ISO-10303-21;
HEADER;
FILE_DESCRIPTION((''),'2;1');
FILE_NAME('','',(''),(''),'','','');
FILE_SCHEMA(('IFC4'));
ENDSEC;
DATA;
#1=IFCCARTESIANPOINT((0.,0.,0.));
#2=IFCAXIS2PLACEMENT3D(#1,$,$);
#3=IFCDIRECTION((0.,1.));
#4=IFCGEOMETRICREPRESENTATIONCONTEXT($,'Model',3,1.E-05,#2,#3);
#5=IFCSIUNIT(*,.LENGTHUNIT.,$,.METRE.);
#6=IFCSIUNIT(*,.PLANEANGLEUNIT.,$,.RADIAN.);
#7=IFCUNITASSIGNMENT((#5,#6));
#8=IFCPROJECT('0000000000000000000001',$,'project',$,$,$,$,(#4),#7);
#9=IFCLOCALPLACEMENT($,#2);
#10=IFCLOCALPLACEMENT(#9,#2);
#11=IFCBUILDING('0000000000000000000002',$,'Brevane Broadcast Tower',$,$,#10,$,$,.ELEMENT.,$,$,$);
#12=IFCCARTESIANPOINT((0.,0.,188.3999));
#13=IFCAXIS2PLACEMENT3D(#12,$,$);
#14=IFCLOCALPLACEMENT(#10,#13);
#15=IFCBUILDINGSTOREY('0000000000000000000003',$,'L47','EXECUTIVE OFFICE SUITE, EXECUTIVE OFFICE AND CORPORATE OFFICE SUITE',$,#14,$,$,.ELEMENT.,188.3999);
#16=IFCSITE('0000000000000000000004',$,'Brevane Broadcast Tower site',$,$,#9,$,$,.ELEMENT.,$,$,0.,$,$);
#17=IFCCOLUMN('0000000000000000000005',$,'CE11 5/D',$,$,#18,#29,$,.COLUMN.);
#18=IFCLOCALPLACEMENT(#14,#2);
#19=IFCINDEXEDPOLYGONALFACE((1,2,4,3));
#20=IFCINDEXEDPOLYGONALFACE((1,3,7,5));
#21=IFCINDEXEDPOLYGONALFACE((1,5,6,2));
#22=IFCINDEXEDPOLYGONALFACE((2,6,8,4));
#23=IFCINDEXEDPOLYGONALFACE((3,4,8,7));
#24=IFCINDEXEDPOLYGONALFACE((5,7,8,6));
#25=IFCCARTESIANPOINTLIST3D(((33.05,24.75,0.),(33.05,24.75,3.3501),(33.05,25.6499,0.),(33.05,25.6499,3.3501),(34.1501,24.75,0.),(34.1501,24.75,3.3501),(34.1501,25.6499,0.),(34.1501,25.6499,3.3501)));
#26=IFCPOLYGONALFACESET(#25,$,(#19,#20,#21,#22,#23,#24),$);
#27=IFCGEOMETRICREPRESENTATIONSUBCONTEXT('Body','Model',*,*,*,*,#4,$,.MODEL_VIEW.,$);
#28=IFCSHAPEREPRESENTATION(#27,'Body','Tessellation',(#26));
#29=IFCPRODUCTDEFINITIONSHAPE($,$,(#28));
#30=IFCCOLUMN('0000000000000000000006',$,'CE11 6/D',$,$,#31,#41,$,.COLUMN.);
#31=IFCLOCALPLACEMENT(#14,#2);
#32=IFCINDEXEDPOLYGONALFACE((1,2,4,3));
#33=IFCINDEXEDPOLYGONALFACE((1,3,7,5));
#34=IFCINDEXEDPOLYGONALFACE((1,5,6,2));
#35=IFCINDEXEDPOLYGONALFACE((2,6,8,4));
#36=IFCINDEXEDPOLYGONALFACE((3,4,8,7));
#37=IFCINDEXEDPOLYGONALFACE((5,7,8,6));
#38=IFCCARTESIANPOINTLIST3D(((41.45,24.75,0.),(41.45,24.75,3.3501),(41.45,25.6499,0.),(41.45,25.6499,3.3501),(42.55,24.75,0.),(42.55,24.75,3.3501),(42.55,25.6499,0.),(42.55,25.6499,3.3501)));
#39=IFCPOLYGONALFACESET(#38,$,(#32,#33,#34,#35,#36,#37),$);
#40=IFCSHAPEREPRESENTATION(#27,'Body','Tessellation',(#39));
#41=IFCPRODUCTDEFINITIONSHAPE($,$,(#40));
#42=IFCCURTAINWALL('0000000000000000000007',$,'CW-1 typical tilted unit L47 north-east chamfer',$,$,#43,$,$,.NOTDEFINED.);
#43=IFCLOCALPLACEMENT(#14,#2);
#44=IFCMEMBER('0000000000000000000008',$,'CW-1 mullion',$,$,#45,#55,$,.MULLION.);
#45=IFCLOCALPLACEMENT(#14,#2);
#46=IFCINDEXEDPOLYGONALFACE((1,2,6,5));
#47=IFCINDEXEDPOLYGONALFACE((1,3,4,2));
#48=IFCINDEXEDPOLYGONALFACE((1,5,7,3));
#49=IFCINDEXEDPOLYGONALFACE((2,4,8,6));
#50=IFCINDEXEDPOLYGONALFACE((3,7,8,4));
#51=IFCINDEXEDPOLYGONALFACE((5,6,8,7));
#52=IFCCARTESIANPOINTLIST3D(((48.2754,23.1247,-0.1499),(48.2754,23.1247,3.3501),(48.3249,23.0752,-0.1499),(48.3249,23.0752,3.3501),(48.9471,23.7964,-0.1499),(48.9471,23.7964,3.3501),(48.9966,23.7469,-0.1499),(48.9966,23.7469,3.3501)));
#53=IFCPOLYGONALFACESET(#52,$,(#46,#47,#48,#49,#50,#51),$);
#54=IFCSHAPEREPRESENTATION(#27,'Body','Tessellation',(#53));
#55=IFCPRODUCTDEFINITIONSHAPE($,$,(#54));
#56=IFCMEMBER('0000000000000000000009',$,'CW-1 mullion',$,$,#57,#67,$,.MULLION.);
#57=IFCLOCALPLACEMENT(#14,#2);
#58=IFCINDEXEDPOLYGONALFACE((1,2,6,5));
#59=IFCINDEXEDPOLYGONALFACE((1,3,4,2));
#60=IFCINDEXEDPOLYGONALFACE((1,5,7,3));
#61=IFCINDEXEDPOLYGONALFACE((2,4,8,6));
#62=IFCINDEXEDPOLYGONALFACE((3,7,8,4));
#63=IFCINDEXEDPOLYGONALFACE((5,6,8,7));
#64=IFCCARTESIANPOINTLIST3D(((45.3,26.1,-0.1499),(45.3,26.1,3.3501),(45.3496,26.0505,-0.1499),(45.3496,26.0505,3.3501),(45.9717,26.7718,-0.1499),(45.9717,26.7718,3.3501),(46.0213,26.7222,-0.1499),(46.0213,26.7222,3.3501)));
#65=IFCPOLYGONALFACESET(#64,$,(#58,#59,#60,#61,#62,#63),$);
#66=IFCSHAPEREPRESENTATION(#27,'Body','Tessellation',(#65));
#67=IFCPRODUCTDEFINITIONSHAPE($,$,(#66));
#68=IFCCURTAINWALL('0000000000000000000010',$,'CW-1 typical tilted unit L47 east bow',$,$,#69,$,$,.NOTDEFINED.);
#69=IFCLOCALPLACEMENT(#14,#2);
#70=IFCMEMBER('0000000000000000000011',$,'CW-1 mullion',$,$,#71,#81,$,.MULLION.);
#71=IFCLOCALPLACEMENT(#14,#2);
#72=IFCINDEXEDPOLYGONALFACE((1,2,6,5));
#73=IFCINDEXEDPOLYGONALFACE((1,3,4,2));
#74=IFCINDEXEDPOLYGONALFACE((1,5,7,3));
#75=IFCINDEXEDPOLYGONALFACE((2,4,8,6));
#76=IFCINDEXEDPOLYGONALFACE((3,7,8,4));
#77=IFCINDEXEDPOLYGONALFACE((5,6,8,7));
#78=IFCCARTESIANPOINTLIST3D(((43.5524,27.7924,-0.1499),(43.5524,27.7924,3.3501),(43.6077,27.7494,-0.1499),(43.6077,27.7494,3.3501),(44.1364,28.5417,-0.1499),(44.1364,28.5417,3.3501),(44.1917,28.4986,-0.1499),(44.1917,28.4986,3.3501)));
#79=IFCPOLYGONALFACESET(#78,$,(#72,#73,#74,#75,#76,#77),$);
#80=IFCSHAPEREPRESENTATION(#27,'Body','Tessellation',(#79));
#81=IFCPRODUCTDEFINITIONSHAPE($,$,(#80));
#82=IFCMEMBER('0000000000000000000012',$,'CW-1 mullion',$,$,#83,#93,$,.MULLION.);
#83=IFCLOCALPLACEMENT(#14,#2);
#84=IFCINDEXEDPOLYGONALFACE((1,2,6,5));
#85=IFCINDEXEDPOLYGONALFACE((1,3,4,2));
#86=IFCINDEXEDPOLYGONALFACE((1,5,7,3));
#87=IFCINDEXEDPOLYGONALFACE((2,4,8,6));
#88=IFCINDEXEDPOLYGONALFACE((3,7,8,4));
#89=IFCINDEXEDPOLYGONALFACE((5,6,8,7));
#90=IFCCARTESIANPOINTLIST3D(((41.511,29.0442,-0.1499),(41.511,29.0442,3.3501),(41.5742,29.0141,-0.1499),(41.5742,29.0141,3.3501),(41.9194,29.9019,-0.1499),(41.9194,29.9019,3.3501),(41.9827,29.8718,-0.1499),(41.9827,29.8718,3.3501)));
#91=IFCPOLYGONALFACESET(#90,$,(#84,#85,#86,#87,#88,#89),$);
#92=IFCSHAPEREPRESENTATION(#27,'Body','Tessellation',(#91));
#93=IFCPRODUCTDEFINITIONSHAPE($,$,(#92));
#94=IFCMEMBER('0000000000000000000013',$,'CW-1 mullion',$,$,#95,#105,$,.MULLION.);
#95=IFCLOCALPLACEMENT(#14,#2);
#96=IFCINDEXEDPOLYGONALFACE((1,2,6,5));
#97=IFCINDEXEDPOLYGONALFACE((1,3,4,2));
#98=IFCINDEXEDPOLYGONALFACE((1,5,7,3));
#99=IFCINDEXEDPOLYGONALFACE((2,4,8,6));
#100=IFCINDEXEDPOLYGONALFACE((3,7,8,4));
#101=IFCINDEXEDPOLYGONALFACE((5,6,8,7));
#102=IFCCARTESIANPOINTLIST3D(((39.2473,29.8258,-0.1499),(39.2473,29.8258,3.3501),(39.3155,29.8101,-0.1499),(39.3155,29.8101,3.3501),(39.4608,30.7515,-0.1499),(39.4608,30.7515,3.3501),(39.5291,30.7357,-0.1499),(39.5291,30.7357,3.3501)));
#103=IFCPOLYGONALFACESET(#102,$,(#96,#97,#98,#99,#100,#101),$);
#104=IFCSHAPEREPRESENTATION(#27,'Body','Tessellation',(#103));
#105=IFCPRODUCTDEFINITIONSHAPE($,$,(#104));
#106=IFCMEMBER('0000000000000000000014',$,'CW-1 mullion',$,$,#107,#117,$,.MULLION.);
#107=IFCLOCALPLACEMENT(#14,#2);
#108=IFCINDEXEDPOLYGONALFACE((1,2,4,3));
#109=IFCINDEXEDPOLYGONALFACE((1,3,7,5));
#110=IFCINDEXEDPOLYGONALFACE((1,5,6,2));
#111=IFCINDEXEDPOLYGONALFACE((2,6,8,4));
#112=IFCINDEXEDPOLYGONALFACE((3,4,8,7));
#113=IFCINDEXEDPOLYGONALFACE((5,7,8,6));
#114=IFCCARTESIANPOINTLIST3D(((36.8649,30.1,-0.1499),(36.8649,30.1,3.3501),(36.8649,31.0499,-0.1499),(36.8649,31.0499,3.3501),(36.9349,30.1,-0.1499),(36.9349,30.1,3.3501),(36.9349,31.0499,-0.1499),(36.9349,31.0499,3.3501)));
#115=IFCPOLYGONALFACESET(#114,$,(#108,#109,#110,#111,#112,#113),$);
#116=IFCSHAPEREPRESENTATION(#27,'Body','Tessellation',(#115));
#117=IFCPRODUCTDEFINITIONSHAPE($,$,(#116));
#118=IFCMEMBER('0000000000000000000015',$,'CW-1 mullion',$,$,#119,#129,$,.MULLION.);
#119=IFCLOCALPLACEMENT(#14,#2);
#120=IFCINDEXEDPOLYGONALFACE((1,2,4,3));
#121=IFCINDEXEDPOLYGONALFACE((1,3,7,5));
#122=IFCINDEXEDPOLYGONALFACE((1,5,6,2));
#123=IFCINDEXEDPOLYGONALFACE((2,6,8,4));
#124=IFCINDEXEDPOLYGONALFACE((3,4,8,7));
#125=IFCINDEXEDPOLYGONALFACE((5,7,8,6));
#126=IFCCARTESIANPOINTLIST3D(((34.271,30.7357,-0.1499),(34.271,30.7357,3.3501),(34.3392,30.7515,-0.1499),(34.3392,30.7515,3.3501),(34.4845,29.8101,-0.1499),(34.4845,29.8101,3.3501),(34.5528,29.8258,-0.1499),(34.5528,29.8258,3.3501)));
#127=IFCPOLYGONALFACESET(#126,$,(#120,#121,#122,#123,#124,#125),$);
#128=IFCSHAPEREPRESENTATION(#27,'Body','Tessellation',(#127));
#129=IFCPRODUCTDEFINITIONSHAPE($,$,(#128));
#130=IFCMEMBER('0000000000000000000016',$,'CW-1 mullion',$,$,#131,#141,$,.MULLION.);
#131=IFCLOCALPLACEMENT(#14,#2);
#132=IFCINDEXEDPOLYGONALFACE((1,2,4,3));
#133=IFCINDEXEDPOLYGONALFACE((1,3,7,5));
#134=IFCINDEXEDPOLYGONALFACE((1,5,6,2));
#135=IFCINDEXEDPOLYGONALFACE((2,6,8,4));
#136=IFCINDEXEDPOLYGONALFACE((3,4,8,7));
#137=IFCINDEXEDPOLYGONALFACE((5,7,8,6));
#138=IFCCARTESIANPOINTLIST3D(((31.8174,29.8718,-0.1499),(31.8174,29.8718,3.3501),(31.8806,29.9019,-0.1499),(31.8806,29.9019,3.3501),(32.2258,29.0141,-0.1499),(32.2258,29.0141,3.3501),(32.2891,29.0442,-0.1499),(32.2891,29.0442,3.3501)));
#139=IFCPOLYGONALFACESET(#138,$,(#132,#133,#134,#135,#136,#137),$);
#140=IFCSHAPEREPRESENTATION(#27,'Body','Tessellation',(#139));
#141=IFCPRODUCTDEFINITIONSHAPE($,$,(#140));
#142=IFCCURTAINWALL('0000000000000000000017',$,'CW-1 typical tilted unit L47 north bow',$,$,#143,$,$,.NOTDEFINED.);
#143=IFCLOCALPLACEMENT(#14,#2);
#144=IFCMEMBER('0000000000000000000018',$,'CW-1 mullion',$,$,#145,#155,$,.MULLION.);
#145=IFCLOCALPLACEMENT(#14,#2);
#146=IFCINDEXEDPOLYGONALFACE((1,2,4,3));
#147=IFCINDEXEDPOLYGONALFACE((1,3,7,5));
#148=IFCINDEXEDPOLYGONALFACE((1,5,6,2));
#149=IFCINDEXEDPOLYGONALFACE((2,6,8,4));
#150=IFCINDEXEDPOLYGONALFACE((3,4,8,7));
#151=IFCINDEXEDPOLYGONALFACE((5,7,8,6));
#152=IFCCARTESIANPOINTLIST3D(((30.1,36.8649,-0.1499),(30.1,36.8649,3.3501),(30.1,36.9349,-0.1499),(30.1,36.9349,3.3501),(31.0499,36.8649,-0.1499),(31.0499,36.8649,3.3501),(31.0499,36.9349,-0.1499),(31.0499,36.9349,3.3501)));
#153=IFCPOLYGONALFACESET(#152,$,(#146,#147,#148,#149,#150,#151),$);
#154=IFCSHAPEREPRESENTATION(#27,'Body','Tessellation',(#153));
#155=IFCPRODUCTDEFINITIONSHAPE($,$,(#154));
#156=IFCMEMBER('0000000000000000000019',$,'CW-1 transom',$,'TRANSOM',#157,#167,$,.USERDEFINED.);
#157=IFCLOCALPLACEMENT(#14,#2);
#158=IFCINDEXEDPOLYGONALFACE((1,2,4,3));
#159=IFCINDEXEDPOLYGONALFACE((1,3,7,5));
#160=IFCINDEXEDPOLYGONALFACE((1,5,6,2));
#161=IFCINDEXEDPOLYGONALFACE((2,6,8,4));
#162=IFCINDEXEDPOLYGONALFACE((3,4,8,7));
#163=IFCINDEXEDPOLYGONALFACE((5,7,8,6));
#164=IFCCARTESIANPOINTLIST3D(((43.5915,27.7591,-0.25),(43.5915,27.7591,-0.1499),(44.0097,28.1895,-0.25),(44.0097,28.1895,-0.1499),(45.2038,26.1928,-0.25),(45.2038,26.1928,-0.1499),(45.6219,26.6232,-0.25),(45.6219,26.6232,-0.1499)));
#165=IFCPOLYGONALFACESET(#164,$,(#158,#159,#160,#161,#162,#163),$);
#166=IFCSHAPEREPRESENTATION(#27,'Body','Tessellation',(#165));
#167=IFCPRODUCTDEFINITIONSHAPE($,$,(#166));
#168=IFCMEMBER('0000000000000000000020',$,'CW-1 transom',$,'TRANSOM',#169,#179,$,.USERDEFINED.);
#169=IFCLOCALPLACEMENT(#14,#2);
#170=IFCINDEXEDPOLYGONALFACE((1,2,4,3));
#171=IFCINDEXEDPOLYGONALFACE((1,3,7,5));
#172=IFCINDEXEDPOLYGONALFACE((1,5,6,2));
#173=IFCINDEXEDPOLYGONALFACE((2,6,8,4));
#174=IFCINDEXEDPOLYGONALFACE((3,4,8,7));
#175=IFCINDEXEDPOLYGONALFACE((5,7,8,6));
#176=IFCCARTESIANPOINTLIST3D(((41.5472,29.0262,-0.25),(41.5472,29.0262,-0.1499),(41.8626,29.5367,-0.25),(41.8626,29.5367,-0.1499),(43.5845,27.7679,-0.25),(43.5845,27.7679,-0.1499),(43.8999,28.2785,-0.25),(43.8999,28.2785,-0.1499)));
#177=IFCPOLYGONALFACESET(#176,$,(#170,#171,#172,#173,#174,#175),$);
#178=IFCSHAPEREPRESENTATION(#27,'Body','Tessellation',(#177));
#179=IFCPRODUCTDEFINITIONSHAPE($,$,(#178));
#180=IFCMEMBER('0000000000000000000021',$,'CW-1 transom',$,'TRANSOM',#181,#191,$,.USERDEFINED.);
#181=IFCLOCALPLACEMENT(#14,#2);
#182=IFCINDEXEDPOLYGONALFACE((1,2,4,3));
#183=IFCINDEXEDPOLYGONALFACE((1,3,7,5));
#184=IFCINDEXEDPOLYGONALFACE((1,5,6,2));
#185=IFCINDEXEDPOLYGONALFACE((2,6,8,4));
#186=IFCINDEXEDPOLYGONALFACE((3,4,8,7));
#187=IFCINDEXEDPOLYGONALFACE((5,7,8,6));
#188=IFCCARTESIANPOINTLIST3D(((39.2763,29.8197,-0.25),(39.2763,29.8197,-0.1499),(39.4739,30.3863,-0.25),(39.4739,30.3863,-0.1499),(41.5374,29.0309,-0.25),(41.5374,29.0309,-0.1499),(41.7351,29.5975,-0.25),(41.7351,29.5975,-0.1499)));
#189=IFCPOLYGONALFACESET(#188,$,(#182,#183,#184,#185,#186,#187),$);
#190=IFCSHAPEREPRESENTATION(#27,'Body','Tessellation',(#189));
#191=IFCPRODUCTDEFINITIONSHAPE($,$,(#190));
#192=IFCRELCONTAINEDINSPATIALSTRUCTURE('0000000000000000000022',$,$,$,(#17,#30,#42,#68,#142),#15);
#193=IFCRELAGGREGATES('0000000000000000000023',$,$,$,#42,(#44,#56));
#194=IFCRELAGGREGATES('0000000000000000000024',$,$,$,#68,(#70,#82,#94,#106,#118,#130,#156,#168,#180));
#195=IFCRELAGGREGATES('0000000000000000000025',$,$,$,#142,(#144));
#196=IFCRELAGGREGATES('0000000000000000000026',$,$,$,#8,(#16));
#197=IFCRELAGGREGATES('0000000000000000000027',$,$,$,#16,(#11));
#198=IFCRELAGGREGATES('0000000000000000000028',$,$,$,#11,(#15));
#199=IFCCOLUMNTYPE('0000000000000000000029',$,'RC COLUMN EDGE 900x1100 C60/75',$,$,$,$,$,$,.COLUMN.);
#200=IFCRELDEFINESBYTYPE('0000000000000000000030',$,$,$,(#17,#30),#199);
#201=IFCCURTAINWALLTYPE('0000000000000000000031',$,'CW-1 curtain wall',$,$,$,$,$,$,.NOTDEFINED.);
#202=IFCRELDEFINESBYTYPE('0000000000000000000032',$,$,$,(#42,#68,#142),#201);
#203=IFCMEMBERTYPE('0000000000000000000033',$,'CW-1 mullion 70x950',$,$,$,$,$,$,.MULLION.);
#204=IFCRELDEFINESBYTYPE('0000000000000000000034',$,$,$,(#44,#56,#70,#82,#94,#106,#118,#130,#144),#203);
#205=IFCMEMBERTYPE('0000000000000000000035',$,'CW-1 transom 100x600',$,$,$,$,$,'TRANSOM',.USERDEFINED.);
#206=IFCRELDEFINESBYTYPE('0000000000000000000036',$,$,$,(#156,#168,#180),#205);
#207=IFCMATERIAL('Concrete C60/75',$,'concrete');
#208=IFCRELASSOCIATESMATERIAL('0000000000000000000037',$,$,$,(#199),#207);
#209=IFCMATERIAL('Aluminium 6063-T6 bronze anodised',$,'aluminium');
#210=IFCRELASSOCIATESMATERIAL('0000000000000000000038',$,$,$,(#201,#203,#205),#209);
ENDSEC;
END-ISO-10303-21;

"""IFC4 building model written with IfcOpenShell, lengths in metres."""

from ifc_helpers import new_model, si_unit, direction, frame, origin, origin_2d, place, context, subcontext, project, spatial, rectangle, extrude, material, material_profile, profile_set, type_object, element, aggregate, save


model = new_model("IFC4")

# Units and contexts
model_context = context("Model", 3, precision=1e-05, world=origin(), true_north=direction((0.0, 1.0)))
body_context = subcontext(model_context, "Body", "Model", "MODEL_VIEW")
ifc_project = project(units=[si_unit("LENGTHUNIT", "METRE"), si_unit("PLANEANGLEUNIT", "RADIAN")], contexts=[model_context])

# Site, building, storey
site_placement = place(None, origin())
site = spatial("IfcSite", under=ifc_project, at=site_placement, Name="Brevane Broadcast Tower site", CompositionType="ELEMENT", RefElevation=0.0)
building_placement = place(site_placement, origin())
building = spatial("IfcBuilding", under=site, at=building_placement, Name="Brevane Broadcast Tower", CompositionType="ELEMENT")
storey_placement = place(building_placement, frame((0.0, 0.0, 188.3999)))
storey = spatial("IfcBuildingStorey", under=building, at=storey_placement, Name="L47", Description="EXECUTIVE OFFICE SUITE, EXECUTIVE OFFICE AND CORPORATE OFFICE SUITE", CompositionType="ELEMENT", Elevation=188.3999)

# Columns
ifc_material_1 = material(Name="Concrete C60/75", Category="concrete")
ifc_material_profile_1 = material_profile(ifc_material_1, rectangle(XDim=0.8999, YDim=1.1001, at=origin_2d()), Name="RC 900x1100")
ifc_profile_set_1 = profile_set([ifc_material_profile_1], Name="Concrete C60/75")
column_type = type_object("IfcColumnType", Name="RC COLUMN EDGE 900x1100 C60/75", PredefinedType="COLUMN", material=ifc_profile_set_1)
for number, where, z_axis, x_axis, name in (
    (1, (33.6001, 25.2, 0.0), (0.0, 0.0, 1.0), (0.0, 1.0, 0.0), "CE11 5/D"),
    (2, (42.0, 25.2, 0.0), (0.0, 0.0, 1.0), (0.0, 1.0, 0.0), "CE11 6/D"),
):
    element("IfcColumn", number, at=place(storey_placement, frame(where, z_axis=z_axis, x_axis=x_axis)), inside=storey, type_object=column_type, Name=name, PredefinedType="COLUMN", context=body_context, shape_type="SweptSolid", body=[
        extrude(rectangle(XDim=0.8999, YDim=1.1001, at=origin_2d()), origin(), (0.0, 0.0, 1.0), 3.3501),
    ])

# Curtain walls, members
ifc_material_2 = material(Name="Aluminium 6063-T6 bronze anodised", Category="aluminium")
curtain_wall_type = type_object("IfcCurtainWallType", Name="CW-1 curtain wall", PredefinedType="NOTDEFINED", material=ifc_material_2)
curtain_wall_1_placement = place(storey_placement, origin())
curtain_wall_1 = element("IfcCurtainWall", 3, at=curtain_wall_1_placement, inside=storey, type_object=curtain_wall_type, Name="CW-1 typical tilted unit L47 north-east chamfer", PredefinedType="NOTDEFINED")
ifc_material_profile_2 = material_profile(ifc_material_2, rectangle(XDim=0.95, YDim=0.0701, at=origin_2d()), Name="RECT 70x950")
ifc_profile_set_2 = profile_set([ifc_material_profile_2], Name="Aluminium 6063-T6 bronze anodised")
member_type_1 = type_object("IfcMemberType", Name="CW-1 mullion 70x950", PredefinedType="MULLION", material=ifc_profile_set_2)
member_1_placement = place(storey_placement, frame((48.636, 23.4358, -0.1499), z_axis=(0.0, 0.0, 1.0), x_axis=(-0.707107, -0.707107, 0.0)))
member_1 = element("IfcMember", 4, at=member_1_placement, type_object=member_type_1, Name="CW-1 mullion", PredefinedType="MULLION", context=body_context, shape_type="SweptSolid", body=[
    extrude(rectangle(XDim=0.95, YDim=0.0701, at=origin_2d()), origin(), (0.0, 0.0, 1.0), 3.5),
])
member_2_placement = place(storey_placement, frame((45.6606, 26.4111, -0.1499), z_axis=(0.0, 0.0, 1.0), x_axis=(-0.707107, -0.707107, 0.0)))
member_2 = element("IfcMember", 5, at=member_2_placement, type_object=member_type_1, Name="CW-1 mullion", PredefinedType="MULLION", context=body_context, shape_type="SweptSolid", body=[
    extrude(rectangle(XDim=0.95, YDim=0.0701, at=origin_2d()), origin(), (0.0, 0.0, 1.0), 3.5),
])
aggregate(curtain_wall_1, [member_1, member_2])
curtain_wall_2_placement = place(storey_placement, origin())
curtain_wall_2 = element("IfcCurtainWall", 6, at=curtain_wall_2_placement, inside=storey, type_object=curtain_wall_type, Name="CW-1 typical tilted unit L47 east bow", PredefinedType="NOTDEFINED")
member_3_placement = place(storey_placement, frame((43.8721, 28.1455, -0.1499), z_axis=(0.0, 0.0, 1.0), x_axis=(-0.61477, -0.788707, 0.0)))
member_3 = element("IfcMember", 7, at=member_3_placement, type_object=member_type_1, Name="CW-1 mullion", PredefinedType="MULLION", context=body_context, shape_type="SweptSolid", body=[
    extrude(rectangle(XDim=0.95, YDim=0.0701, at=origin_2d()), origin(), (0.0, 0.0, 1.0), 3.5),
])
member_4_placement = place(storey_placement, frame((41.7468, 29.458, -0.1499), z_axis=(0.0, 0.0, 1.0), x_axis=(-0.429934, -0.902861, 0.0)))
member_4 = element("IfcMember", 8, at=member_4_placement, type_object=member_type_1, Name="CW-1 mullion", PredefinedType="MULLION", context=body_context, shape_type="SweptSolid", body=[
    extrude(rectangle(XDim=0.95, YDim=0.0701, at=origin_2d()), origin(), (0.0, 0.0, 1.0), 3.5),
])
member_5_placement = place(storey_placement, frame((39.3882, 30.2808, -0.1499), z_axis=(0.0, 0.0, 1.0), x_axis=(-0.224807, -0.974403, 0.0)))
member_5 = element("IfcMember", 9, at=member_5_placement, type_object=member_type_1, Name="CW-1 mullion", PredefinedType="MULLION", context=body_context, shape_type="SweptSolid", body=[
    extrude(rectangle(XDim=0.95, YDim=0.0701, at=origin_2d()), origin(), (0.0, 0.0, 1.0), 3.5),
])
member_6_placement = place(storey_placement, frame((36.8999, 30.575, -0.1499), z_axis=(0.0, 0.0, 1.0), x_axis=(0.0, -1.0, 0.0)))
member_6 = element("IfcMember", 10, at=member_6_placement, type_object=member_type_1, Name="CW-1 mullion", PredefinedType="MULLION", context=body_context, shape_type="SweptSolid", body=[
    extrude(rectangle(XDim=0.95, YDim=0.0701, at=origin_2d()), origin(), (0.0, 0.0, 1.0), 3.5),
])
member_7_placement = place(storey_placement, frame((34.4119, 30.2808, -0.1499), z_axis=(0.0, 0.0, 1.0), x_axis=(0.224807, -0.974403, 0.0)))
member_7 = element("IfcMember", 11, at=member_7_placement, type_object=member_type_1, Name="CW-1 mullion", PredefinedType="MULLION", context=body_context, shape_type="SweptSolid", body=[
    extrude(rectangle(XDim=0.95, YDim=0.0701, at=origin_2d()), origin(), (0.0, 0.0, 1.0), 3.5),
])
member_8_placement = place(storey_placement, frame((32.0532, 29.458, -0.1499), z_axis=(0.0, 0.0, 1.0), x_axis=(0.429934, -0.902861, 0.0)))
member_8 = element("IfcMember", 12, at=member_8_placement, type_object=member_type_1, Name="CW-1 mullion", PredefinedType="MULLION", context=body_context, shape_type="SweptSolid", body=[
    extrude(rectangle(XDim=0.95, YDim=0.0701, at=origin_2d()), origin(), (0.0, 0.0, 1.0), 3.5),
])

# Curtain wall, member
curtain_wall_3_placement = place(storey_placement, origin())
curtain_wall_3 = element("IfcCurtainWall", 13, at=curtain_wall_3_placement, inside=storey, type_object=curtain_wall_type, Name="CW-1 typical tilted unit L47 north bow", PredefinedType="NOTDEFINED")
member_9_placement = place(storey_placement, frame((30.575, 36.8999, -0.1499), z_axis=(0.0, 0.0, 1.0), x_axis=(-1.0, 0.0, 0.0)))
member_9 = element("IfcMember", 14, at=member_9_placement, type_object=member_type_1, Name="CW-1 mullion", PredefinedType="MULLION", context=body_context, shape_type="SweptSolid", body=[
    extrude(rectangle(XDim=0.95, YDim=0.0701, at=origin_2d()), origin(), (0.0, 0.0, 1.0), 3.5),
])

# Members
ifc_material_profile_3 = material_profile(ifc_material_2, rectangle(XDim=0.6001, YDim=0.1001, at=origin_2d()), Name="RECT 100x600")
ifc_profile_set_3 = profile_set([ifc_material_profile_3], Name="Aluminium 6063-T6 bronze anodised")
member_type_2 = type_object("IfcMemberType", Name="CW-1 transom 100x600", ElementType="TRANSOM", PredefinedType="USERDEFINED", material=ifc_profile_set_3)
member_10_placement = place(storey_placement, frame((45.4128, 26.408, -0.2), z_axis=(-0.717242, 0.696824, 0.0), x_axis=(-0.696824, -0.717242, 0.0)))
member_10 = element("IfcMember", 15, at=member_10_placement, type_object=member_type_2, Name="CW-1 transom", ObjectType="TRANSOM", PredefinedType="USERDEFINED", context=body_context, shape_type="SweptSolid", body=[
    extrude(rectangle(XDim=0.6001, YDim=0.1001, at=origin_2d()), origin(), (0.0, 0.0, 1.0), 2.2478),
])
member_11_placement = place(storey_placement, frame((43.7422, 28.0232, -0.2), z_axis=(-0.85081, 0.525473, 0.0), x_axis=(-0.525473, -0.85081, 0.0)))
member_11 = element("IfcMember", 16, at=member_11_placement, type_object=member_type_2, Name="CW-1 transom", ObjectType="TRANSOM", PredefinedType="USERDEFINED", context=body_context, shape_type="SweptSolid", body=[
    extrude(rectangle(XDim=0.6001, YDim=0.1001, at=origin_2d()), origin(), (0.0, 0.0, 1.0), 2.3945),
])
member_12_placement = place(storey_placement, frame((41.6362, 29.3142, -0.2), z_axis=(-0.944198, 0.329378, 0.0), x_axis=(-0.329378, -0.944198, 0.0)))
member_12 = element("IfcMember", 17, at=member_12_placement, type_object=member_type_2, Name="CW-1 transom", ObjectType="TRANSOM", PredefinedType="USERDEFINED", context=body_context, shape_type="SweptSolid", body=[
    extrude(rectangle(XDim=0.6001, YDim=0.1001, at=origin_2d()), origin(), (0.0, 0.0, 1.0), 2.3948),
])
aggregate(curtain_wall_2, [member_3, member_4, member_5, member_6, member_7, member_8, member_10, member_11, member_12])
aggregate(curtain_wall_3, [member_9])

save(model, "model.ifc")
